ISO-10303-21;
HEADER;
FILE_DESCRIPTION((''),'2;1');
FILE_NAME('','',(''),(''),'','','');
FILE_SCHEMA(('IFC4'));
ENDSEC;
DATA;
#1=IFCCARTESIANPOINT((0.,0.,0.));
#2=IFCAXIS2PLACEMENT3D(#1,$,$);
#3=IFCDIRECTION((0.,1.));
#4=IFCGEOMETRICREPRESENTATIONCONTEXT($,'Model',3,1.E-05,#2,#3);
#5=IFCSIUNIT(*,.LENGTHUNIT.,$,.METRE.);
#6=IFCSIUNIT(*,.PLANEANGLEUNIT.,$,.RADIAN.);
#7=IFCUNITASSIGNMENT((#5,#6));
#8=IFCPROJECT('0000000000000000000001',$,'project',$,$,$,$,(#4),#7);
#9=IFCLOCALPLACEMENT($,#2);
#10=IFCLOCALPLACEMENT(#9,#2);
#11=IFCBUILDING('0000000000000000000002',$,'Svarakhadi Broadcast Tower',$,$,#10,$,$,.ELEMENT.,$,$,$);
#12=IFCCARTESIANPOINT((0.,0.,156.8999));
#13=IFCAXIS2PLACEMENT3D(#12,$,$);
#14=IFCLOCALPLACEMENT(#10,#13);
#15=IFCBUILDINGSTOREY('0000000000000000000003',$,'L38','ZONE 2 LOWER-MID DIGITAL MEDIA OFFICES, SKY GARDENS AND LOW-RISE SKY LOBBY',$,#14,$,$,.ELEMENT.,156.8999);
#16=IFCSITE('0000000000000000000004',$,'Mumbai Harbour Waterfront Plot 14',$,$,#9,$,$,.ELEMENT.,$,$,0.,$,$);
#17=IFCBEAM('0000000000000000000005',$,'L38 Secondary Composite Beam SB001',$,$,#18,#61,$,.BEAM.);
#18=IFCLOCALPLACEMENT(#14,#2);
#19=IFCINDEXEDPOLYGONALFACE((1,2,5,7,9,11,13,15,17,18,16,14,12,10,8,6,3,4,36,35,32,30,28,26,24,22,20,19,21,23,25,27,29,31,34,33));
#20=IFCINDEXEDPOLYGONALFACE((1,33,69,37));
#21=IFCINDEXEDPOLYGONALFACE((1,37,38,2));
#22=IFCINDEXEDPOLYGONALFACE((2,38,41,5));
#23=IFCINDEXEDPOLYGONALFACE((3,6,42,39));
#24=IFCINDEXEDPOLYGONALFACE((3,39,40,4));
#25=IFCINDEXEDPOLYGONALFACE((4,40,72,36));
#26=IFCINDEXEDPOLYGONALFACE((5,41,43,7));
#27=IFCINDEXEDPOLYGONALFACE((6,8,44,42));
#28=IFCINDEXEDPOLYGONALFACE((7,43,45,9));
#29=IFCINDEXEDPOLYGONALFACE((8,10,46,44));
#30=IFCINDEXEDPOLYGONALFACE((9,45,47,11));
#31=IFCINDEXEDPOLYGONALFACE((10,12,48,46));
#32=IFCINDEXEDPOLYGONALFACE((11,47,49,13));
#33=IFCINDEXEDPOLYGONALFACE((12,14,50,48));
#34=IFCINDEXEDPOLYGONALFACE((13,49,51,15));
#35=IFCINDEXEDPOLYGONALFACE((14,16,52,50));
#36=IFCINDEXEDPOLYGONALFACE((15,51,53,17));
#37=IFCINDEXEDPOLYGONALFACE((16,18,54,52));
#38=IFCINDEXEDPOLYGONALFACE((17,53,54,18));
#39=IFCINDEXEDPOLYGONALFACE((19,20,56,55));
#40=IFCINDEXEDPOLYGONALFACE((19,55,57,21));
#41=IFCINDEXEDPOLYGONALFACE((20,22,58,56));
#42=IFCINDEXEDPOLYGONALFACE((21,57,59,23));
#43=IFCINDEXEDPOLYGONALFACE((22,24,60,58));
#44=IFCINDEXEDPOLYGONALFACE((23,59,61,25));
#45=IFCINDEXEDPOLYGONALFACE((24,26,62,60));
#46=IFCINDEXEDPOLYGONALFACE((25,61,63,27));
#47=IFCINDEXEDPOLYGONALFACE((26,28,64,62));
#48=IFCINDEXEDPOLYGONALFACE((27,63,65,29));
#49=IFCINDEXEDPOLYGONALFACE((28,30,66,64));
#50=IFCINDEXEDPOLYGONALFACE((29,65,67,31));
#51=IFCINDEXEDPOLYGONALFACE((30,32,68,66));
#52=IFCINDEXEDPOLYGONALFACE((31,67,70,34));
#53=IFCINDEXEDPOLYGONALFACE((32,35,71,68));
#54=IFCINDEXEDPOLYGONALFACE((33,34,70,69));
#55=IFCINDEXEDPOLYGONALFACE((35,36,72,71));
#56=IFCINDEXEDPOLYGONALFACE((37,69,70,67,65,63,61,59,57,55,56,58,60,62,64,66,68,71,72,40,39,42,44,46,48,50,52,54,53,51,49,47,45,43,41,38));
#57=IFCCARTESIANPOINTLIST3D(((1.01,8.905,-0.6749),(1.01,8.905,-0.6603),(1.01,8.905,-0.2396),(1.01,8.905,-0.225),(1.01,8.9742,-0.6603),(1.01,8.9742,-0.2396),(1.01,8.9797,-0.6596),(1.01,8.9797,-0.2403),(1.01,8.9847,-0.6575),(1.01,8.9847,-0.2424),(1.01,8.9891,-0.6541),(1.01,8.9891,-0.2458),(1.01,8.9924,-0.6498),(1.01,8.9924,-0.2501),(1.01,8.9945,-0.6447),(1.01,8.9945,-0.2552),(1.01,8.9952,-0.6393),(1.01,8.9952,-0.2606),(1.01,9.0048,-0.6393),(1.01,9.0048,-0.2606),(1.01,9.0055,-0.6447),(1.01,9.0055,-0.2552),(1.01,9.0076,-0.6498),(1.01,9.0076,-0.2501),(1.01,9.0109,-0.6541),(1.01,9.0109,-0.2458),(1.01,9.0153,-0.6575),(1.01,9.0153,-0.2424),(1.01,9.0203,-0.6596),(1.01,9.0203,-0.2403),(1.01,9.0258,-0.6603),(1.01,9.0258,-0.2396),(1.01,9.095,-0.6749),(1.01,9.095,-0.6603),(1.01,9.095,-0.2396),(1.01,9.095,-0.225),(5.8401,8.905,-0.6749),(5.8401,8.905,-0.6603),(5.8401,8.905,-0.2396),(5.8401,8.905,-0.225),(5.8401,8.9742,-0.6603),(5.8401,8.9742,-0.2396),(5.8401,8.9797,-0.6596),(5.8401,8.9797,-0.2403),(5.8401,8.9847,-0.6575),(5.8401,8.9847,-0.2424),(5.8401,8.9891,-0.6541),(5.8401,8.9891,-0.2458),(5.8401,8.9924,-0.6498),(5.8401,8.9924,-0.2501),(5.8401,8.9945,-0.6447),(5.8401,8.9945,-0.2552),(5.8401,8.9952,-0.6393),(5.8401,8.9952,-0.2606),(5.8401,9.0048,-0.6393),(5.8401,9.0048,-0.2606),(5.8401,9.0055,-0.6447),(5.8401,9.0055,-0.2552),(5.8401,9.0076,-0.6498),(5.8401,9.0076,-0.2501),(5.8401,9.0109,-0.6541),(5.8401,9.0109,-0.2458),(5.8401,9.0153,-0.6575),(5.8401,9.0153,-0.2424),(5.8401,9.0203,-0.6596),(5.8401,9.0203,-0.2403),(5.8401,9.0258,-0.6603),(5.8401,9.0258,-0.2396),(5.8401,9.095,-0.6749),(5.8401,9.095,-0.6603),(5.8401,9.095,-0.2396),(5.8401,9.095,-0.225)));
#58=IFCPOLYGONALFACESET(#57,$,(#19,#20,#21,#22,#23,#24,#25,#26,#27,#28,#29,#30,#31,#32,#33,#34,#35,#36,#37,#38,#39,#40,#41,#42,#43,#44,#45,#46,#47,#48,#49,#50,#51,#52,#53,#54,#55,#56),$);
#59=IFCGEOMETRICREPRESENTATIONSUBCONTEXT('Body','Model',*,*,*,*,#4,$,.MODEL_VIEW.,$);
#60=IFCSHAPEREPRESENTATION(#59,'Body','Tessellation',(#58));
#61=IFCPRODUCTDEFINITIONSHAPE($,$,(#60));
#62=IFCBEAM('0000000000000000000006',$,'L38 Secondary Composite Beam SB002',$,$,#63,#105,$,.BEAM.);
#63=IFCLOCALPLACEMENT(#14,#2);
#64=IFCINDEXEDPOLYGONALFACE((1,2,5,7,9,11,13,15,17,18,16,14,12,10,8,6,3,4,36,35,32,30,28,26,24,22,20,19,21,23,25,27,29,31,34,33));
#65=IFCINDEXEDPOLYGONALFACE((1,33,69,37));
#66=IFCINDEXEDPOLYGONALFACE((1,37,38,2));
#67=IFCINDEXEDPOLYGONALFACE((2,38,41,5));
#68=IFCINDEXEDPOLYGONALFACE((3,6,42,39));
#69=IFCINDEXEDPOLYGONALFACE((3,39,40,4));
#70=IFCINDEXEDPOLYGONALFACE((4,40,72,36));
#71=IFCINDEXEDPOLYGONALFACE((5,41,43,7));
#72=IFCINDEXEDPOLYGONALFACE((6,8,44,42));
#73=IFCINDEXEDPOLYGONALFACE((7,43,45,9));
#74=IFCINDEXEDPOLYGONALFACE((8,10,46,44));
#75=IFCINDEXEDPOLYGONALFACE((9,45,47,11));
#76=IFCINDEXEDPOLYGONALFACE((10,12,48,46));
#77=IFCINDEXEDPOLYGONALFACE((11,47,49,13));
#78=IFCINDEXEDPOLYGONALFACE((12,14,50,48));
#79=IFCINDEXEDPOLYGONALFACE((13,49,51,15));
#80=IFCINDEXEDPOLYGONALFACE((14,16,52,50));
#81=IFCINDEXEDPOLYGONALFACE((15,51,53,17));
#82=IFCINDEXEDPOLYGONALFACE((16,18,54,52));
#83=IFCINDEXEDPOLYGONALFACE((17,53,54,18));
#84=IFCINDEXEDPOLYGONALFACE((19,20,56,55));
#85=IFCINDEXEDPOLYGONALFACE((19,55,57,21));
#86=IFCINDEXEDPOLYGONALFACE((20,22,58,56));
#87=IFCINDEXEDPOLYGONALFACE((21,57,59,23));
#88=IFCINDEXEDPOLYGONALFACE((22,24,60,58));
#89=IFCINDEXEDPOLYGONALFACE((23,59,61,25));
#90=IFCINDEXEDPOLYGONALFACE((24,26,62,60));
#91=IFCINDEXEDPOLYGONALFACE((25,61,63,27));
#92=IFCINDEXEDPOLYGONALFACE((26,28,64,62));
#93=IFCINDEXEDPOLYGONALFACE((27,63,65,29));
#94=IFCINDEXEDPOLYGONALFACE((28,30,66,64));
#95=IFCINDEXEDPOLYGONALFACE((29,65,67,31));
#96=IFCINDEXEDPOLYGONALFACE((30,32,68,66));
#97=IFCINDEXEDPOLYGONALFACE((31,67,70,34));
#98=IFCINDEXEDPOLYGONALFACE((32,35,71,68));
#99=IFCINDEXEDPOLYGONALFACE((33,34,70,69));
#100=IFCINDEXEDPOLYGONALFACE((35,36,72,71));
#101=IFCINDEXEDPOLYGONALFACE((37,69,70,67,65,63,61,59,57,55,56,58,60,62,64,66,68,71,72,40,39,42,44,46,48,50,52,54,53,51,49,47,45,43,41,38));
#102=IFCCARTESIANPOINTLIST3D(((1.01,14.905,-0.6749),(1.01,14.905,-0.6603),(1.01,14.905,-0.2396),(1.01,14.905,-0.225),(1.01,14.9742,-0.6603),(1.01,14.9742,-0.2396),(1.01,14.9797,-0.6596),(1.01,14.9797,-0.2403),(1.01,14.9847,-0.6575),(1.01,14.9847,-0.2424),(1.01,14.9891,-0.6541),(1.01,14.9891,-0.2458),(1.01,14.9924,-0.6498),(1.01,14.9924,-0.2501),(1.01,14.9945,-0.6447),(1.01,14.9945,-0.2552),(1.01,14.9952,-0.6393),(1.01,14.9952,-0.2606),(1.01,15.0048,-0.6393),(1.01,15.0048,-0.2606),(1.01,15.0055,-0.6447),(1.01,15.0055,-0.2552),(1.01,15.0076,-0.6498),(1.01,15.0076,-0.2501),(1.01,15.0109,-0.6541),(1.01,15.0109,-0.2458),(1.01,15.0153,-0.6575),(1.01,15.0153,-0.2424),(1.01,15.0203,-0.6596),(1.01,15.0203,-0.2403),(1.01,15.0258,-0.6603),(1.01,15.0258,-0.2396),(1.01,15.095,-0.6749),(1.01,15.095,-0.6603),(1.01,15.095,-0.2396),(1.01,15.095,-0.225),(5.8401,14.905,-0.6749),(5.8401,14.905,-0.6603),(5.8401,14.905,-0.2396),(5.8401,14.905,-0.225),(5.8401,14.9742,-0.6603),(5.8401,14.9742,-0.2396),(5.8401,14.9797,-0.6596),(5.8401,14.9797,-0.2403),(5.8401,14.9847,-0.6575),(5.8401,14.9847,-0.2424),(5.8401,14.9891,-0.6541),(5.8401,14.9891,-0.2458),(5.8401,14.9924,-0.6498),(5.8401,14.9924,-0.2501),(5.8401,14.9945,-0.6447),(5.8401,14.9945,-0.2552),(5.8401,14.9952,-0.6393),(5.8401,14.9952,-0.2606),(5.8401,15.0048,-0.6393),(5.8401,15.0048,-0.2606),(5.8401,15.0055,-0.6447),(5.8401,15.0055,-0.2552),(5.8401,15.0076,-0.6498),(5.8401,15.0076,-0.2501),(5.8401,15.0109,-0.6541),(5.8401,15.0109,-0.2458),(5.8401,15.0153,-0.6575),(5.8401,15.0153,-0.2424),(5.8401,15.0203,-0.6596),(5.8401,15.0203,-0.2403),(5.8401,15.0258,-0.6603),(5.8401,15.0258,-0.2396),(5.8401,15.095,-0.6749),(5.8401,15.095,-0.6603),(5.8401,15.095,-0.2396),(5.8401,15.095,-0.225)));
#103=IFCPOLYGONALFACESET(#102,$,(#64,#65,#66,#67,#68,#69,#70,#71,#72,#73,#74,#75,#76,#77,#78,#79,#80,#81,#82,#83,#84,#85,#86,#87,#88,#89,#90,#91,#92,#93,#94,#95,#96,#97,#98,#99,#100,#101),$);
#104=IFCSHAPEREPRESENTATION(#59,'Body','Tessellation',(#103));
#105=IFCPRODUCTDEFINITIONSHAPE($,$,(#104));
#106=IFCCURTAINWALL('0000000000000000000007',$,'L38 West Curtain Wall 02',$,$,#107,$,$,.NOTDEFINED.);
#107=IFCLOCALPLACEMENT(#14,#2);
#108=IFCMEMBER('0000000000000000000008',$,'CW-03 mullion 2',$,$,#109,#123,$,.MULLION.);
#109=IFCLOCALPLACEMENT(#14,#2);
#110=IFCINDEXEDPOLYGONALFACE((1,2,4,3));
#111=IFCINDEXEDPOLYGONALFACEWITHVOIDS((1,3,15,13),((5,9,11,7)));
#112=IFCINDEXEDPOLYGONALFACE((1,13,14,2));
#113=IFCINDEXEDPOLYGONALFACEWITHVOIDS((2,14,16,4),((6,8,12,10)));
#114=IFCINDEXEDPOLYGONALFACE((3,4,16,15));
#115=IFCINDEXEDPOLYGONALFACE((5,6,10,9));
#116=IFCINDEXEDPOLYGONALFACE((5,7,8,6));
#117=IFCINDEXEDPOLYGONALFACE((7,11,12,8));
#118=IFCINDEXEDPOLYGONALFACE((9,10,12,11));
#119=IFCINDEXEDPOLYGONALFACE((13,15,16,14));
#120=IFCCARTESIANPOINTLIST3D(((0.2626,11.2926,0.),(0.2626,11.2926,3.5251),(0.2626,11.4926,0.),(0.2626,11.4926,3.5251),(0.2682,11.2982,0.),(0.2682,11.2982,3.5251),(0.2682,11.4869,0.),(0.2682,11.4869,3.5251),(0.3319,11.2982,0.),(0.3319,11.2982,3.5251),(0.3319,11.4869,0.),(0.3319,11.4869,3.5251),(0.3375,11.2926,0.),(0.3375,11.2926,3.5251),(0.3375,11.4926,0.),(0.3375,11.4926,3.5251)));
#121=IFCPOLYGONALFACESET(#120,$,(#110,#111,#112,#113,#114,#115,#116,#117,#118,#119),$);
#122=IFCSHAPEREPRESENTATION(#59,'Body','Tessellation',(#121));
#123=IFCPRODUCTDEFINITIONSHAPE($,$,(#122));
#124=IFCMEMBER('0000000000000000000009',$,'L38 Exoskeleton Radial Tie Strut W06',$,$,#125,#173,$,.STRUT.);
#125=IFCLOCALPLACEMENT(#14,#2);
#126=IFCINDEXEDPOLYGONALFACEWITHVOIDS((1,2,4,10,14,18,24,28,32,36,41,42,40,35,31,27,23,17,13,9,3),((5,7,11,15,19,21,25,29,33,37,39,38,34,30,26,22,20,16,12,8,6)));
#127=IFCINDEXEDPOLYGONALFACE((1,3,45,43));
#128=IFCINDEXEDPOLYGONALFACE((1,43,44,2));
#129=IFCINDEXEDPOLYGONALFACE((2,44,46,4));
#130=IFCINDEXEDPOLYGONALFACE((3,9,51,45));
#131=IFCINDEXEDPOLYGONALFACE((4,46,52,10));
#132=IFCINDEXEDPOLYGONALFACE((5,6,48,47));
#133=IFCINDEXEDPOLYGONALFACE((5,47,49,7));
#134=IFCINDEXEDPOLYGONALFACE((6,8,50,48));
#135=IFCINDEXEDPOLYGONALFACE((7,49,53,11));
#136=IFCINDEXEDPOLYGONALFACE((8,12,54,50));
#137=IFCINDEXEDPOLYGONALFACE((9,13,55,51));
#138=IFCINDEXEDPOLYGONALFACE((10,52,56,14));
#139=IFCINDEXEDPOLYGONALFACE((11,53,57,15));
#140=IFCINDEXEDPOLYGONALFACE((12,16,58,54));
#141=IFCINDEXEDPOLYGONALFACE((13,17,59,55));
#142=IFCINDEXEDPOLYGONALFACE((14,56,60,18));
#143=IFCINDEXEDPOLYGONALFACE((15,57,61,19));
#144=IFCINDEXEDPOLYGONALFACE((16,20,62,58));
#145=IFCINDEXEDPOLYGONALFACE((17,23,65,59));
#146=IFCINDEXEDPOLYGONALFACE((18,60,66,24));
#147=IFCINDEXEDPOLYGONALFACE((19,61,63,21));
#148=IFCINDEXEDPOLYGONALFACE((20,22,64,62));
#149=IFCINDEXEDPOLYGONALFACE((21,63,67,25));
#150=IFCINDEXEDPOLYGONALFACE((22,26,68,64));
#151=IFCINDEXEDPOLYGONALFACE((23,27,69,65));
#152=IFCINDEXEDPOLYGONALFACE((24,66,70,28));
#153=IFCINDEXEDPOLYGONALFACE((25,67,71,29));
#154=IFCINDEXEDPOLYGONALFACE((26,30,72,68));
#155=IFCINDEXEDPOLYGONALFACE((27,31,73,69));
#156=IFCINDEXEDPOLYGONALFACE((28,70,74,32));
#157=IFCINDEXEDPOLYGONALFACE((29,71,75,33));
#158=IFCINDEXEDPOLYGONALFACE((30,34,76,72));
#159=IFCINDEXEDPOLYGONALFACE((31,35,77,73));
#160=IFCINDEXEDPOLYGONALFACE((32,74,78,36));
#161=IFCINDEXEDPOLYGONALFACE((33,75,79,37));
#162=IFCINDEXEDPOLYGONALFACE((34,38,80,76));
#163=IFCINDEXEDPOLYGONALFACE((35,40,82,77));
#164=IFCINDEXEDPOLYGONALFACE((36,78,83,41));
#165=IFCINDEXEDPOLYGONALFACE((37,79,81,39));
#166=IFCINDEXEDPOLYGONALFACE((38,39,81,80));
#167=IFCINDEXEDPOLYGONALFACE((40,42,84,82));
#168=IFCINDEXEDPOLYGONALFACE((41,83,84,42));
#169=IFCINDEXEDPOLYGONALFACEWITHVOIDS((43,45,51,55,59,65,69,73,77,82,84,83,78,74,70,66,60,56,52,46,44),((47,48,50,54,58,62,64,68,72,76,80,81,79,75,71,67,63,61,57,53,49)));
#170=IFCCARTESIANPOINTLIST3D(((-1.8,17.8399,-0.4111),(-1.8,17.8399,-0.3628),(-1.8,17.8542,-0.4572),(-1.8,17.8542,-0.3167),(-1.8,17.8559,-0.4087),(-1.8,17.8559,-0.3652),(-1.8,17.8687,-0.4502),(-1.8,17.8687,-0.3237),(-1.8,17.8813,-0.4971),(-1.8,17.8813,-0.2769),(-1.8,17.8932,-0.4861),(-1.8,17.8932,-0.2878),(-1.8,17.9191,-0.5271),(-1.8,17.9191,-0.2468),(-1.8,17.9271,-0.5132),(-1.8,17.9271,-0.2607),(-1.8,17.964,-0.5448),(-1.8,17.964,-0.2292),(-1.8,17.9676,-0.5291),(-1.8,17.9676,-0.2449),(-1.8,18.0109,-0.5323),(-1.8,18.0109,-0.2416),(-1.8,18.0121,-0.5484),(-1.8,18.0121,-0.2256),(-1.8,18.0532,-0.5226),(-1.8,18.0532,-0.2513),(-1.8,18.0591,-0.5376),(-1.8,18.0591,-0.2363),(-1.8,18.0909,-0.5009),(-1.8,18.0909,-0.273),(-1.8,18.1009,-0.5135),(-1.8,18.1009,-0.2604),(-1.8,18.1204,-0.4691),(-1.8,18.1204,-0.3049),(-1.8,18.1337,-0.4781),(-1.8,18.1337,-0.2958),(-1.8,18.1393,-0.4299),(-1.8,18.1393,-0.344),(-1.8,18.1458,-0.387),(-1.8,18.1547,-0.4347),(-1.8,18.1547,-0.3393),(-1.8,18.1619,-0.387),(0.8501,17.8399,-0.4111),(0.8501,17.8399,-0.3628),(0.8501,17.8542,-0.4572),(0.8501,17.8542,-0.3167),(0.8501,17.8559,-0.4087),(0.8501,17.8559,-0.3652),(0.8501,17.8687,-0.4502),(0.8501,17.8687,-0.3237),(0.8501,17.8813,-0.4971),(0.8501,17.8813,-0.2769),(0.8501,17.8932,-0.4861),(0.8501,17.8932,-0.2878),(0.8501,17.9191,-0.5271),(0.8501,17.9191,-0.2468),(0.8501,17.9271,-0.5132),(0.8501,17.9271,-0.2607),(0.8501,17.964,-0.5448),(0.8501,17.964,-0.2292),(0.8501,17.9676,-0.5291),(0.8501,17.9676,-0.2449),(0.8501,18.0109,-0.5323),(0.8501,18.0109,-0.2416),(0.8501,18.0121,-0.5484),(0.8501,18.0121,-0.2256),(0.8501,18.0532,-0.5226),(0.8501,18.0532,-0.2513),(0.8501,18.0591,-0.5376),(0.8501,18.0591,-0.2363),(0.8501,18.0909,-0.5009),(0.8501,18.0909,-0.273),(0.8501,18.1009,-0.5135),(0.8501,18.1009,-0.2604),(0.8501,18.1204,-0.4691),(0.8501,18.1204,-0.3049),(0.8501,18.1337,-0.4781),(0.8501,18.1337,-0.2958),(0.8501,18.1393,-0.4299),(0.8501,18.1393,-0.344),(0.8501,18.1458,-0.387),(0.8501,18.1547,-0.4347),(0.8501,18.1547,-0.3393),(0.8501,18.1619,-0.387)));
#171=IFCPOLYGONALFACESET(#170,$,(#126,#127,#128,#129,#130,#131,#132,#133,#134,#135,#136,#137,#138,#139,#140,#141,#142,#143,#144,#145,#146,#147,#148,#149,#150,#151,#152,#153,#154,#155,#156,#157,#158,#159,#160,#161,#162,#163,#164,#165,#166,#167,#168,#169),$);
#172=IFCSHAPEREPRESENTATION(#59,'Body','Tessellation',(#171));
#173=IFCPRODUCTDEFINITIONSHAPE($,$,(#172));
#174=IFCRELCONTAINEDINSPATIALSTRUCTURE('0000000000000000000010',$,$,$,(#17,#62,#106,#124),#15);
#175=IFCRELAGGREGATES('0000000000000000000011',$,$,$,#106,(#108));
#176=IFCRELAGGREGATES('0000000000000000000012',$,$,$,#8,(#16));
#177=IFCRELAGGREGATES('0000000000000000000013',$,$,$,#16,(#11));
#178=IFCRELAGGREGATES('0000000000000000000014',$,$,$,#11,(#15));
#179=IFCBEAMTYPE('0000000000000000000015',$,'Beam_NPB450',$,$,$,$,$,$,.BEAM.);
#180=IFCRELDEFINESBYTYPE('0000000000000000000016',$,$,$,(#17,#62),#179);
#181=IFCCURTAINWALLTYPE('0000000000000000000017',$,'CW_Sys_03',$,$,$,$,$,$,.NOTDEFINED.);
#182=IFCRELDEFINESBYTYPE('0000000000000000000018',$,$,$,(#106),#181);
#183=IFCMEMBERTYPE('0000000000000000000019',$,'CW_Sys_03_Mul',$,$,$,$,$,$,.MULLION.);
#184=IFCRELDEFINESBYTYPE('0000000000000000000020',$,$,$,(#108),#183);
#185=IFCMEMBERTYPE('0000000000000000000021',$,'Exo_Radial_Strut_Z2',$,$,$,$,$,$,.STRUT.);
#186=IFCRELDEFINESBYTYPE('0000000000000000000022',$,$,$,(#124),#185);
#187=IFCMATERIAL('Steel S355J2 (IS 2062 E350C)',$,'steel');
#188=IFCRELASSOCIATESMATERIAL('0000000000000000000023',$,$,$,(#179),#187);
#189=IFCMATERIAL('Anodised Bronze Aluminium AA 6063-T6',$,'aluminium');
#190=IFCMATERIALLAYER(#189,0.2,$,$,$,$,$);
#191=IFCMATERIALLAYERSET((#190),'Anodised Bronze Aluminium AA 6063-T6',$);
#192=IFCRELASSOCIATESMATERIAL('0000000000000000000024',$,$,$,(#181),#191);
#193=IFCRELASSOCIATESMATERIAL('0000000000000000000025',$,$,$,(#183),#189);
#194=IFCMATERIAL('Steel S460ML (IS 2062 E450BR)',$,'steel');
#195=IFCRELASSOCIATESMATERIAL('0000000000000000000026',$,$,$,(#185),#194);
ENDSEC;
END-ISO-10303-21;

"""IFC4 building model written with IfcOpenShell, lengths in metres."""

from ifc_helpers import new_model, si_unit, direction, frame, origin, origin_2d, place, context, subcontext, project, spatial, hollow_rectangle, hollow_circle, i_section, extrude, material, layer, layer_set, material_profile, profile_set, type_object, element, aggregate, save


model = new_model("IFC4")

# Units and contexts
model_context = context("Model", 3, precision=1e-05, world=origin(), true_north=direction((0.0, 1.0)))
body_context = subcontext(model_context, "Body", "Model", "MODEL_VIEW")
ifc_project = project(units=[si_unit("LENGTHUNIT", "METRE"), si_unit("PLANEANGLEUNIT", "RADIAN")], contexts=[model_context])

# Site, building, storey
site_placement = place(None, origin())
site = spatial("IfcSite", under=ifc_project, at=site_placement, Name="Mumbai Harbour Waterfront Plot 14", CompositionType="ELEMENT", RefElevation=0.0)
building_placement = place(site_placement, origin())
building = spatial("IfcBuilding", under=site, at=building_placement, Name="Svarakhadi Broadcast Tower", CompositionType="ELEMENT")
storey_placement = place(building_placement, frame((0.0, 0.0, 156.8999)))
storey = spatial("IfcBuildingStorey", under=building, at=storey_placement, Name="L38", Description="ZONE 2 LOWER-MID DIGITAL MEDIA OFFICES, SKY GARDENS AND LOW-RISE SKY LOBBY", CompositionType="ELEMENT", Elevation=156.8999)

# Shared definitions
ifc_material_1 = material(Name="Steel S460ML (IS 2062 E450BR)", Category="steel")

# Beams
ifc_material_2 = material(Name="Steel S355J2 (IS 2062 E350C)", Category="steel")
ifc_material_profile_1 = material_profile(ifc_material_2, i_section(OverallWidth=0.1899, OverallDepth=0.45, WebThickness=0.0095, FlangeThickness=0.0146, FilletRadius=0.021, at=origin_2d()), Name="NPB 450x190x78")
ifc_profile_set_1 = profile_set([ifc_material_profile_1], Name="Steel S355J2 (IS 2062 E350C)")
beam_type_1 = type_object("IfcBeamType", Name="Beam_NPB450", PredefinedType="BEAM", material=ifc_profile_set_1)
for number, where, z_axis, x_axis, name in (
    (1, (1.01, 9.0, -0.45), (1.0, 0.0, 0.0), (0.0, 1.0, 0.0), "L38 Secondary Composite Beam SB001"),
    (2, (1.01, 15.0, -0.45), (1.0, 0.0, 0.0), (0.0, 1.0, 0.0), "L38 Secondary Composite Beam SB002"),
):
    element("IfcBeam", number, at=place(storey_placement, frame(where, z_axis=z_axis, x_axis=x_axis)), inside=storey, type_object=beam_type_1, Name=name, PredefinedType="BEAM", context=body_context, shape_type="SweptSolid", body=[
        extrude(i_section(OverallWidth=0.1899, OverallDepth=0.45, WebThickness=0.0095, FlangeThickness=0.0146, FilletRadius=0.021, at=origin_2d()), origin(), (0.0, 0.0, 1.0), 4.8301),
    ])

# Curtain wall, member
ifc_material_3 = material(Name="Anodised Bronze Aluminium AA 6063-T6", Category="aluminium")
ifc_layer_1 = layer(ifc_material_3, 0.2)
ifc_layer_set_1 = layer_set([ifc_layer_1], Name="Anodised Bronze Aluminium AA 6063-T6")
curtain_wall_type = type_object("IfcCurtainWallType", Name="CW_Sys_03", PredefinedType="NOTDEFINED", material=ifc_layer_set_1)
curtain_wall_placement = place(storey_placement, origin())
curtain_wall = element("IfcCurtainWall", 3, at=curtain_wall_placement, inside=storey, type_object=curtain_wall_type, Name="L38 West Curtain Wall 02", PredefinedType="NOTDEFINED")
ifc_material_profile_2 = material_profile(ifc_material_3, hollow_rectangle(XDim=0.075, YDim=0.2, WallThickness=0.0056, at=origin_2d()), Name="ALU MULLION 200x75x6")
ifc_profile_set_2 = profile_set([ifc_material_profile_2], Name="Anodised Bronze Aluminium AA 6063-T6")
member_type_1 = type_object("IfcMemberType", Name="CW_Sys_03_Mul", PredefinedType="MULLION", material=ifc_profile_set_2)
member_1_placement = place(storey_placement, frame((0.3, 11.3926, 0.0), z_axis=(0.0, 0.0, 1.0), x_axis=(-1.0, 0.0, 0.0)))
member_1 = element("IfcMember", 4, at=member_1_placement, type_object=member_type_1, Name="CW-03 mullion 2", PredefinedType="MULLION", context=body_context, shape_type="SweptSolid", body=[
    extrude(hollow_rectangle(XDim=0.075, YDim=0.2, WallThickness=0.0056, at=origin_2d()), origin(), (0.0, 0.0, 1.0), 3.5251),
])

# Member
ifc_material_profile_3 = material_profile(ifc_material_1, hollow_circle(Radius=0.1619, WallThickness=0.0161, at=origin_2d()), Name="CHS 323.9x16")
ifc_profile_set_3 = profile_set([ifc_material_profile_3], Name="Steel S460ML (IS 2062 E450BR)")
member_type_2 = type_object("IfcMemberType", Name="Exo_Radial_Strut_Z2", PredefinedType="STRUT", material=ifc_profile_set_3)
member_2_placement = place(storey_placement, frame((-1.8, 18.0, -0.387), z_axis=(1.0, 0.0, 0.0), x_axis=(0.0, 1.0, 0.0)))
element("IfcMember", 5, at=member_2_placement, inside=storey, type_object=member_type_2, Name="L38 Exoskeleton Radial Tie Strut W06", PredefinedType="STRUT", context=body_context, shape_type="SweptSolid", body=[
    extrude(hollow_circle(Radius=0.1619, WallThickness=0.0161, at=origin_2d()), origin(), (0.0, 0.0, 1.0), 2.6501),
])

aggregate(curtain_wall, [member_1])

save(model, "model.ifc")
